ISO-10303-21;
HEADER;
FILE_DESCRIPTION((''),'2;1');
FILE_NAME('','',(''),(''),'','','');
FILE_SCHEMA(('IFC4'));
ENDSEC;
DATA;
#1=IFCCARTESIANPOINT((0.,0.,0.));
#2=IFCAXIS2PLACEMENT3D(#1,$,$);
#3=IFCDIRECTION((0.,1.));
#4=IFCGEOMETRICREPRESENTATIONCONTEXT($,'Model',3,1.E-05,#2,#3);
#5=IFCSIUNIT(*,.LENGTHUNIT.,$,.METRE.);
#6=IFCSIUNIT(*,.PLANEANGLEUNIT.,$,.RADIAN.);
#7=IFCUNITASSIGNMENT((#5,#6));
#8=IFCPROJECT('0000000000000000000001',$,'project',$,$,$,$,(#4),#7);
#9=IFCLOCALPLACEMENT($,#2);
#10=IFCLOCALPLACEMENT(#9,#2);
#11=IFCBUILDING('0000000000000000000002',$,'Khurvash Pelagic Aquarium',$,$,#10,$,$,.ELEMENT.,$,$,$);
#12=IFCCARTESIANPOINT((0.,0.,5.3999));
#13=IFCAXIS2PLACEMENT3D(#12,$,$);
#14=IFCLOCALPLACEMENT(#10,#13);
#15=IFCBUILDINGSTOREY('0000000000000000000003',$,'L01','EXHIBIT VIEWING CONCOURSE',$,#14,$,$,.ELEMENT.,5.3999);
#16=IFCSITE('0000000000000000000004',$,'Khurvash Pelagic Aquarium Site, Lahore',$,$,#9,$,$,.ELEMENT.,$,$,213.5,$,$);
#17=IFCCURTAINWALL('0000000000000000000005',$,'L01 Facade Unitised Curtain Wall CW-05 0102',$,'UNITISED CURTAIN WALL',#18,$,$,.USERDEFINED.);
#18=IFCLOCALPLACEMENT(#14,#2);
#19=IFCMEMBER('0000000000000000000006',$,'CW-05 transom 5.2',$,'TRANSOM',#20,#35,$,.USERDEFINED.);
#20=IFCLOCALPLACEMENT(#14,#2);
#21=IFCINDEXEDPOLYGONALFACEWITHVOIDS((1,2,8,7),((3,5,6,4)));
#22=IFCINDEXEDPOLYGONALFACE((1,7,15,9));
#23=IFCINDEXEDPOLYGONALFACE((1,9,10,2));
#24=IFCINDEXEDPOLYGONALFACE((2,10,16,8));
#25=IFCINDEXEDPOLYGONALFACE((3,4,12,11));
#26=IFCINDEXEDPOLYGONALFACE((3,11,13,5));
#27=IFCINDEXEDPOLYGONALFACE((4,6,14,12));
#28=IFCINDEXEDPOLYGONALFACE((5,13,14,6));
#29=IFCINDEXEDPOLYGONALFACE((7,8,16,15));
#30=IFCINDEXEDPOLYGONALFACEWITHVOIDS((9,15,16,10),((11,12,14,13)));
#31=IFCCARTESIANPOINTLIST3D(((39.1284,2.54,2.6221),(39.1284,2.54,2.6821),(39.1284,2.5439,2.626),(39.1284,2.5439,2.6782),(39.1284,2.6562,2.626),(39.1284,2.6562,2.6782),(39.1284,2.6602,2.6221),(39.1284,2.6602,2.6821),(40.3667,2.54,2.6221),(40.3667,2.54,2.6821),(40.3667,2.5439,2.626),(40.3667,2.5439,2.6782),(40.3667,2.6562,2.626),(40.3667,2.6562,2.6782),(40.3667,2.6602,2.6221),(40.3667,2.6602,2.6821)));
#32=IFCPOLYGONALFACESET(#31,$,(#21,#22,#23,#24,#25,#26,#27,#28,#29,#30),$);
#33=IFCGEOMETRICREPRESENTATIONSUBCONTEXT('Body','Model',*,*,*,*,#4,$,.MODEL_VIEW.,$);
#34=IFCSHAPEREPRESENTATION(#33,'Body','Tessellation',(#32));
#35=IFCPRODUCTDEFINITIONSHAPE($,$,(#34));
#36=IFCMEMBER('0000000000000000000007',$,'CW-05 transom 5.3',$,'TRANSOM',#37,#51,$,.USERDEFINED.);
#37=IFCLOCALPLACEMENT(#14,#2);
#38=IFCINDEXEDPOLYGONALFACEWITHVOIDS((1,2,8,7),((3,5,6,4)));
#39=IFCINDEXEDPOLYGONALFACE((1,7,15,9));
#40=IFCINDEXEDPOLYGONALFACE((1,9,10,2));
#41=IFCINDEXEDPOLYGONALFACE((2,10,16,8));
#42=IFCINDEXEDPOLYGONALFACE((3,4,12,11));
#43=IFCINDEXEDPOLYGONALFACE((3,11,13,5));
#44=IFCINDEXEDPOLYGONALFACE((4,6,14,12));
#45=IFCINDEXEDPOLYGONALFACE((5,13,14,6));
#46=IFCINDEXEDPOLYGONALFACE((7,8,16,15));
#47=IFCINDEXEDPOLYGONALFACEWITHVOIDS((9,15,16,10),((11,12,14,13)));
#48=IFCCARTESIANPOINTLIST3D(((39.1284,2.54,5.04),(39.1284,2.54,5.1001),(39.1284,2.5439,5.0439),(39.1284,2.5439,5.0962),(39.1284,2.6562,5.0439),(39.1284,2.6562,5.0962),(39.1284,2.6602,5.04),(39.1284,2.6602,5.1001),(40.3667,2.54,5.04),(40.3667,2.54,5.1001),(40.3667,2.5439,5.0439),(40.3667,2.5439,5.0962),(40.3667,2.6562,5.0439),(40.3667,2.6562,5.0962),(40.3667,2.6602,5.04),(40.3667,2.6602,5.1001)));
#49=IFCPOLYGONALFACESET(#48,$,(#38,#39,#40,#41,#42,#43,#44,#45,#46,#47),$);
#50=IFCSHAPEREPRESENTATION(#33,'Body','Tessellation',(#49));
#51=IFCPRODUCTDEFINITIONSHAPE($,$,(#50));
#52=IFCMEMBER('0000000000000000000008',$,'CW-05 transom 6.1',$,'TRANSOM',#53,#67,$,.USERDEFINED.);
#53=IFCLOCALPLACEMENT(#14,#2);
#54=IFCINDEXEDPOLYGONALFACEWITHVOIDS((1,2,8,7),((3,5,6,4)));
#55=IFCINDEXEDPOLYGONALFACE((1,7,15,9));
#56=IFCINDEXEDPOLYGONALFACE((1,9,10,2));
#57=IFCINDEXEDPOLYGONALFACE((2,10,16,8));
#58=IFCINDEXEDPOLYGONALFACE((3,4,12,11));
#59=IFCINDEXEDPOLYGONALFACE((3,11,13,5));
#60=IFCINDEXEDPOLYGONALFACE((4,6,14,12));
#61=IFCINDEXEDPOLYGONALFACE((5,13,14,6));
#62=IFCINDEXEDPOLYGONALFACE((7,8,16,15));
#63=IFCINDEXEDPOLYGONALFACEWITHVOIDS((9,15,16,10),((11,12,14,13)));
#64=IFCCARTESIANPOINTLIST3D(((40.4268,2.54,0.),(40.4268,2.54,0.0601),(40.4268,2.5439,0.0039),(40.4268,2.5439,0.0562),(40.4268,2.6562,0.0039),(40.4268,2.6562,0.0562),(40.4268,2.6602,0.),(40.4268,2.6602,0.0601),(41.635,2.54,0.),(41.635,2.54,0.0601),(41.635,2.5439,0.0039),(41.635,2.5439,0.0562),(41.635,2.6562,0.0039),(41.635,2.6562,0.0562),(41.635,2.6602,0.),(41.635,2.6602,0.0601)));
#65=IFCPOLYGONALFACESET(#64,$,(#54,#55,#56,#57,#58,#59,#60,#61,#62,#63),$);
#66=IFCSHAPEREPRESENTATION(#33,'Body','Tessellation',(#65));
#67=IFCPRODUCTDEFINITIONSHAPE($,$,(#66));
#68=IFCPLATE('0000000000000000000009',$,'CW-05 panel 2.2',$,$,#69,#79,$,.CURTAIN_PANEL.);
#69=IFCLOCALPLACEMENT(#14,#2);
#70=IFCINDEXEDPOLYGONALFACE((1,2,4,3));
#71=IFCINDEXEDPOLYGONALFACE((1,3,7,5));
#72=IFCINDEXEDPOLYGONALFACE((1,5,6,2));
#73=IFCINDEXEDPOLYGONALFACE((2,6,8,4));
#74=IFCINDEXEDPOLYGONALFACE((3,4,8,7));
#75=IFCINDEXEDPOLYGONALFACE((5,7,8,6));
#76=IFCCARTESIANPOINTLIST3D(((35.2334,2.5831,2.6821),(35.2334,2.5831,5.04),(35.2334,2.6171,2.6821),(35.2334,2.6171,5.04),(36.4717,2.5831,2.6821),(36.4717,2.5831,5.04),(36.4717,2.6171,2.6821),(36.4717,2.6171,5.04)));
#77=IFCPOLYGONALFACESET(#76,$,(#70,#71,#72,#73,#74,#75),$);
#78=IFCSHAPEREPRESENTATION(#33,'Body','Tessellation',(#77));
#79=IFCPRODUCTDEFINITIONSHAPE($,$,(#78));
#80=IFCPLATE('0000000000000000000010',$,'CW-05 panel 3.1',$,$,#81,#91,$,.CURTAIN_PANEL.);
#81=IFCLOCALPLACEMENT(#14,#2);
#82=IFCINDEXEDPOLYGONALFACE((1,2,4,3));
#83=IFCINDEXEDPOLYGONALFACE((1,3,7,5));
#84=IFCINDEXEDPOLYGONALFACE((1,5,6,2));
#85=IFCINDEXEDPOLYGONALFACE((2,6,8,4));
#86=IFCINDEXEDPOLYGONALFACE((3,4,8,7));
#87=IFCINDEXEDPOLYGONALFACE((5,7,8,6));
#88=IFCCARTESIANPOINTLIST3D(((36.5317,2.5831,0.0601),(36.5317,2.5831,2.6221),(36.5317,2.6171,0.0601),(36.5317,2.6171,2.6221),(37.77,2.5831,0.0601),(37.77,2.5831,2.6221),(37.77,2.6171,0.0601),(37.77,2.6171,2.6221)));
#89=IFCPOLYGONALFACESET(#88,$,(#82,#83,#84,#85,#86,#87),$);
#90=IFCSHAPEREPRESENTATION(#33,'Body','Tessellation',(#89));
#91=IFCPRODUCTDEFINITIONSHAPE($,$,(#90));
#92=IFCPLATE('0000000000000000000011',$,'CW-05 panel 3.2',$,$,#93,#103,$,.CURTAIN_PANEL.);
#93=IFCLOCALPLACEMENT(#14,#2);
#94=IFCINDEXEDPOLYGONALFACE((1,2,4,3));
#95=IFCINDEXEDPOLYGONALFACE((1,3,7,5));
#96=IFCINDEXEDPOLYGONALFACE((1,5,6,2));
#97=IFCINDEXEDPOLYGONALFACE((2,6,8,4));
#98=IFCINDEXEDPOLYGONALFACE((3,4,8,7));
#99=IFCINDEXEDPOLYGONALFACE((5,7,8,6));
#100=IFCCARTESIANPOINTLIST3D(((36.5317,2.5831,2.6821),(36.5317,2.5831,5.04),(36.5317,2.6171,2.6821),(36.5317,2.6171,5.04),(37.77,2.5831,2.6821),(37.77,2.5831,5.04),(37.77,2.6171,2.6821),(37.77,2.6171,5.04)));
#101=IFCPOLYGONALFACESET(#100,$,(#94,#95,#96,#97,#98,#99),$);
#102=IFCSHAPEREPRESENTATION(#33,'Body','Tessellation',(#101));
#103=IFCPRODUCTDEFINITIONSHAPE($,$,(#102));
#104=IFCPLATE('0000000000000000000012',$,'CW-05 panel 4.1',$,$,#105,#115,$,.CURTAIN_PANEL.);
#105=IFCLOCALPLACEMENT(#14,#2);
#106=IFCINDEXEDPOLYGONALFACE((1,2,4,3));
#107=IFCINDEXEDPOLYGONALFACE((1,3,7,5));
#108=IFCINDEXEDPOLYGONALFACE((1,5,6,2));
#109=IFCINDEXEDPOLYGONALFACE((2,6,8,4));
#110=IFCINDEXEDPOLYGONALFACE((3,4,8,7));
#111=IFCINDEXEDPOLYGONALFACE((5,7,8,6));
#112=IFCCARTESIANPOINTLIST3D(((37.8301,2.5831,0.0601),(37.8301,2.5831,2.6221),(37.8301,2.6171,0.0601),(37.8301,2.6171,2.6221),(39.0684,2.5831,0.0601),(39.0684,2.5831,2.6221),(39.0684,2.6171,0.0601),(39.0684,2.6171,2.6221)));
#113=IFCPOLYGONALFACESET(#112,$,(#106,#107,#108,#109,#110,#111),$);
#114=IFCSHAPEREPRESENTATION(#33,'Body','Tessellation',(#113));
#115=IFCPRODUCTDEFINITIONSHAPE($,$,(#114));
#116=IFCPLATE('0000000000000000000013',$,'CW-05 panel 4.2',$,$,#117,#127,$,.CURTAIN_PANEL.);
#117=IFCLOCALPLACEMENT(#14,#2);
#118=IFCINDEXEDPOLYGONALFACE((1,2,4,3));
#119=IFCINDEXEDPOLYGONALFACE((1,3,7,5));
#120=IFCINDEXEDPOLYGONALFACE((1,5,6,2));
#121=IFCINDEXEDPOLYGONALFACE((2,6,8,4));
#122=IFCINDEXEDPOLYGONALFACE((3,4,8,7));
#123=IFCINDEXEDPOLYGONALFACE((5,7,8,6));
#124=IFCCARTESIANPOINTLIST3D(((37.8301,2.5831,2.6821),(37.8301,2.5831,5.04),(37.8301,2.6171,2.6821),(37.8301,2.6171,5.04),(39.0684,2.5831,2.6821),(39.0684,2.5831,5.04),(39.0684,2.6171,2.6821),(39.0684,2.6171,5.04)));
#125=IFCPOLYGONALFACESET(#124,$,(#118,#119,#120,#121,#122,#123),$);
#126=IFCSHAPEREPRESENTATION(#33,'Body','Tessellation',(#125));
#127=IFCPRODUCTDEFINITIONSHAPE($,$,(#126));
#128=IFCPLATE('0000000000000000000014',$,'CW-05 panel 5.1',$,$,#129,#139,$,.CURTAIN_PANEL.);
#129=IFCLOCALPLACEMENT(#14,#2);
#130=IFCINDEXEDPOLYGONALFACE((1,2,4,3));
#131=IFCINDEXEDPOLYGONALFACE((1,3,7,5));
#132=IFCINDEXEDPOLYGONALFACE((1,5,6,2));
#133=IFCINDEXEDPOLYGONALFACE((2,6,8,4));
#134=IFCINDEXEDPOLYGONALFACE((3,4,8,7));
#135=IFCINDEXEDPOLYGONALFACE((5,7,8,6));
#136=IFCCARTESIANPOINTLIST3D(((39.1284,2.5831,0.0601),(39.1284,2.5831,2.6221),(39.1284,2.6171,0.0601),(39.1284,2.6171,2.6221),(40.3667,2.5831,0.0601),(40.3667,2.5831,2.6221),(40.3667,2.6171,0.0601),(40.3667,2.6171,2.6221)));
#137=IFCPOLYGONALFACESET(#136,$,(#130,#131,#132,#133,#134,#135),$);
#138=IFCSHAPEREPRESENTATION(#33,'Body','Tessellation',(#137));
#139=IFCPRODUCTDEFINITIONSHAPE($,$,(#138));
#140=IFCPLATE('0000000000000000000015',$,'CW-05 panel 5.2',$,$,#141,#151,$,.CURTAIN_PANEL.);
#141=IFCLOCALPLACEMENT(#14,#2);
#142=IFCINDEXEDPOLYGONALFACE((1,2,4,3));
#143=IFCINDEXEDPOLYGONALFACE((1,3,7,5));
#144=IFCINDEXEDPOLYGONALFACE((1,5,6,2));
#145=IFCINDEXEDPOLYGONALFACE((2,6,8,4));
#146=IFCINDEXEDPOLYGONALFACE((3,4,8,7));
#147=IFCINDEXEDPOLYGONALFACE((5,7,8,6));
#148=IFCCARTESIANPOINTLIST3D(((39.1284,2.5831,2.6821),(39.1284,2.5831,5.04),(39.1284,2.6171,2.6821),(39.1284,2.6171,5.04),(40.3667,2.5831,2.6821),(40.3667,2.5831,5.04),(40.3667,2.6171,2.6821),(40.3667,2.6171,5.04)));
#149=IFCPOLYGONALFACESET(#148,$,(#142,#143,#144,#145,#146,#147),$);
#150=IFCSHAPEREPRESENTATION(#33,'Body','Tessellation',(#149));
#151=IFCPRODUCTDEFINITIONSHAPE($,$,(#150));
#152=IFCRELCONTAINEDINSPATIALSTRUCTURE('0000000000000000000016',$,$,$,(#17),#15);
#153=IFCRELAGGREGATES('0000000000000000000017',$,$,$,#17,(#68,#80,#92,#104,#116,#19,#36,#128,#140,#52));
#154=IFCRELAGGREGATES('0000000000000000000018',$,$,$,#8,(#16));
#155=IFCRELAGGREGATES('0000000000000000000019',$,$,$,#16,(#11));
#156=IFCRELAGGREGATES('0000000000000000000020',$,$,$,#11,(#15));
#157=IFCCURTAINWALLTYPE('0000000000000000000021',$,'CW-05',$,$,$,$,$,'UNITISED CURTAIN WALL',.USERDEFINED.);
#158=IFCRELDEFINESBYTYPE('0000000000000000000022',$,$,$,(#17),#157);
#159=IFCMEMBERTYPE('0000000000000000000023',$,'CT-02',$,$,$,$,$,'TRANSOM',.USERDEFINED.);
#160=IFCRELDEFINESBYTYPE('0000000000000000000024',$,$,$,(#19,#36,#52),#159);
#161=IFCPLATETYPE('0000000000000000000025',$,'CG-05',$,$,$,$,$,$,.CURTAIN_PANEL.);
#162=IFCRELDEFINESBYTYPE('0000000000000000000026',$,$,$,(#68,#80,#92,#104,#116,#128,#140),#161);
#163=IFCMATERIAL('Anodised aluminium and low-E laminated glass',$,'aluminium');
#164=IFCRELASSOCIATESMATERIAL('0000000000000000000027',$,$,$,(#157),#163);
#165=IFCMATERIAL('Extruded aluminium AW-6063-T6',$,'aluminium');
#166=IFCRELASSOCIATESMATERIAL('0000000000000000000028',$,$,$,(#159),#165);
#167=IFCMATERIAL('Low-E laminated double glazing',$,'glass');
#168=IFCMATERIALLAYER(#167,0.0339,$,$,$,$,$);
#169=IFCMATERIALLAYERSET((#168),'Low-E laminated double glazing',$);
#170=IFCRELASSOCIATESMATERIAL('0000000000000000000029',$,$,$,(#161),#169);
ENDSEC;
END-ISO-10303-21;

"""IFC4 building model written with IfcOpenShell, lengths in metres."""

from ifc_helpers import new_model, si_unit, direction, frame, origin, origin_2d, place, context, subcontext, project, spatial, rectangle, hollow_rectangle, extrude, material, layer, layer_set, material_profile, profile_set, type_object, element, aggregate, save


model = new_model("IFC4")

# Units and contexts
model_context = context("Model", 3, precision=1e-05, world=origin(), true_north=direction((0.0, 1.0)))
body_context = subcontext(model_context, "Body", "Model", "MODEL_VIEW")
ifc_project = project(units=[si_unit("LENGTHUNIT", "METRE"), si_unit("PLANEANGLEUNIT", "RADIAN")], contexts=[model_context])

# Site, building, storey
site_placement = place(None, origin())
site = spatial("IfcSite", under=ifc_project, at=site_placement, Name="Khurvash Pelagic Aquarium Site, Lahore", CompositionType="ELEMENT", RefElevation=213.5)
building_placement = place(site_placement, origin())
building = spatial("IfcBuilding", under=site, at=building_placement, Name="Khurvash Pelagic Aquarium", CompositionType="ELEMENT")
storey_placement = place(building_placement, frame((0.0, 0.0, 5.3999)))
storey = spatial("IfcBuildingStorey", under=building, at=storey_placement, Name="L01", Description="EXHIBIT VIEWING CONCOURSE", CompositionType="ELEMENT", Elevation=5.3999)

# Curtain wall, members, plates
ifc_material_1 = material(Name="Anodised aluminium and low-E laminated glass", Category="aluminium")
curtain_wall_type = type_object("IfcCurtainWallType", Name="CW-05", ElementType="UNITISED CURTAIN WALL", PredefinedType="USERDEFINED", material=ifc_material_1)
curtain_wall_placement = place(storey_placement, origin())
curtain_wall = element("IfcCurtainWall", 1, at=curtain_wall_placement, inside=storey, type_object=curtain_wall_type, Name="L01 Facade Unitised Curtain Wall CW-05 0102", ObjectType="UNITISED CURTAIN WALL", PredefinedType="USERDEFINED")
ifc_material_2 = material(Name="Extruded aluminium AW-6063-T6", Category="aluminium")
ifc_material_profile_1 = material_profile(ifc_material_2, hollow_rectangle(XDim=0.1201, YDim=0.0601, WallThickness=0.0039, at=origin_2d()), Name="CWT120X60X4")
ifc_profile_set_1 = profile_set([ifc_material_profile_1], Name="Extruded aluminium AW-6063-T6")
member_type_1 = type_object("IfcMemberType", Name="CT-02", ElementType="TRANSOM", PredefinedType="USERDEFINED", material=ifc_profile_set_1)
member_1_placement = place(storey_placement, frame((39.1284, 2.6001, 2.6521), z_axis=(1.0, 0.0, 0.0), x_axis=(0.0, 1.0, 0.0)))
member_1 = element("IfcMember", 2, at=member_1_placement, type_object=member_type_1, Name="CW-05 transom 5.2", ObjectType="TRANSOM", PredefinedType="USERDEFINED", context=body_context, shape_type="SweptSolid", body=[
    extrude(hollow_rectangle(XDim=0.1201, YDim=0.0601, WallThickness=0.0039, at=origin_2d()), origin(), (0.0, 0.0, 1.0), 1.2383),
])
member_2_placement = place(storey_placement, frame((39.1284, 2.6001, 5.0701), z_axis=(1.0, 0.0, 0.0), x_axis=(0.0, 1.0, 0.0)))
member_2 = element("IfcMember", 3, at=member_2_placement, type_object=member_type_1, Name="CW-05 transom 5.3", ObjectType="TRANSOM", PredefinedType="USERDEFINED", context=body_context, shape_type="SweptSolid", body=[
    extrude(hollow_rectangle(XDim=0.1201, YDim=0.0601, WallThickness=0.0039, at=origin_2d()), origin(), (0.0, 0.0, 1.0), 1.2383),
])
member_3_placement = place(storey_placement, frame((40.4268, 2.6001, 0.03), z_axis=(1.0, 0.0, 0.0), x_axis=(0.0, 1.0, 0.0)))
member_3 = element("IfcMember", 4, at=member_3_placement, type_object=member_type_1, Name="CW-05 transom 6.1", ObjectType="TRANSOM", PredefinedType="USERDEFINED", context=body_context, shape_type="SweptSolid", body=[
    extrude(hollow_rectangle(XDim=0.1201, YDim=0.0601, WallThickness=0.0039, at=origin_2d()), origin(), (0.0, 0.0, 1.0), 1.2083),
])
ifc_material_3 = material(Name="Low-E laminated double glazing", Category="glass")
ifc_layer = layer(ifc_material_3, 0.0339)
ifc_layer_set = layer_set([ifc_layer], Name="Low-E laminated double glazing")
plate_type = type_object("IfcPlateType", Name="CG-05", PredefinedType="CURTAIN_PANEL", material=ifc_layer_set)
plate_1_placement = place(storey_placement, frame((35.8525, 2.6001, 2.6821), z_axis=(0.0, 0.0, 1.0), x_axis=(1.0, 0.0, 0.0)))
plate_1 = element("IfcPlate", 5, at=plate_1_placement, type_object=plate_type, Name="CW-05 panel 2.2", PredefinedType="CURTAIN_PANEL", context=body_context, shape_type="SweptSolid", body=[
    extrude(rectangle(XDim=1.2383, YDim=0.0339, at=origin_2d()), origin(), (0.0, 0.0, 1.0), 2.3579),
])
plate_2_placement = place(storey_placement, frame((37.1509, 2.6001, 0.0601), z_axis=(0.0, 0.0, 1.0), x_axis=(1.0, 0.0, 0.0)))
plate_2 = element("IfcPlate", 6, at=plate_2_placement, type_object=plate_type, Name="CW-05 panel 3.1", PredefinedType="CURTAIN_PANEL", context=body_context, shape_type="SweptSolid", body=[
    extrude(rectangle(XDim=1.2383, YDim=0.0339, at=origin_2d()), origin(), (0.0, 0.0, 1.0), 2.562),
])
plate_3_placement = place(storey_placement, frame((37.1509, 2.6001, 2.6821), z_axis=(0.0, 0.0, 1.0), x_axis=(1.0, 0.0, 0.0)))
plate_3 = element("IfcPlate", 7, at=plate_3_placement, type_object=plate_type, Name="CW-05 panel 3.2", PredefinedType="CURTAIN_PANEL", context=body_context, shape_type="SweptSolid", body=[
    extrude(rectangle(XDim=1.2383, YDim=0.0339, at=origin_2d()), origin(), (0.0, 0.0, 1.0), 2.3579),
])
plate_4_placement = place(storey_placement, frame((38.4492, 2.6001, 0.0601), z_axis=(0.0, 0.0, 1.0), x_axis=(1.0, 0.0, 0.0)))
plate_4 = element("IfcPlate", 8, at=plate_4_placement, type_object=plate_type, Name="CW-05 panel 4.1", PredefinedType="CURTAIN_PANEL", context=body_context, shape_type="SweptSolid", body=[
    extrude(rectangle(XDim=1.2383, YDim=0.0339, at=origin_2d()), origin(), (0.0, 0.0, 1.0), 2.562),
])
plate_5_placement = place(storey_placement, frame((38.4492, 2.6001, 2.6821), z_axis=(0.0, 0.0, 1.0), x_axis=(1.0, 0.0, 0.0)))
plate_5 = element("IfcPlate", 9, at=plate_5_placement, type_object=plate_type, Name="CW-05 panel 4.2", PredefinedType="CURTAIN_PANEL", context=body_context, shape_type="SweptSolid", body=[
    extrude(rectangle(XDim=1.2383, YDim=0.0339, at=origin_2d()), origin(), (0.0, 0.0, 1.0), 2.3579),
])
plate_6_placement = place(storey_placement, frame((39.7476, 2.6001, 0.0601), z_axis=(0.0, 0.0, 1.0), x_axis=(1.0, 0.0, 0.0)))
plate_6 = element("IfcPlate", 10, at=plate_6_placement, type_object=plate_type, Name="CW-05 panel 5.1", PredefinedType="CURTAIN_PANEL", context=body_context, shape_type="SweptSolid", body=[
    extrude(rectangle(XDim=1.2383, YDim=0.0339, at=origin_2d()), origin(), (0.0, 0.0, 1.0), 2.562),
])
plate_7_placement = place(storey_placement, frame((39.7476, 2.6001, 2.6821), z_axis=(0.0, 0.0, 1.0), x_axis=(1.0, 0.0, 0.0)))
plate_7 = element("IfcPlate", 11, at=plate_7_placement, type_object=plate_type, Name="CW-05 panel 5.2", PredefinedType="CURTAIN_PANEL", context=body_context, shape_type="SweptSolid", body=[
    extrude(rectangle(XDim=1.2383, YDim=0.0339, at=origin_2d()), origin(), (0.0, 0.0, 1.0), 2.3579),
])
aggregate(curtain_wall, [plate_1, plate_2, plate_3, plate_4, plate_5, member_1, member_2, plate_6, plate_7, member_3])

save(model, "model.ifc")
